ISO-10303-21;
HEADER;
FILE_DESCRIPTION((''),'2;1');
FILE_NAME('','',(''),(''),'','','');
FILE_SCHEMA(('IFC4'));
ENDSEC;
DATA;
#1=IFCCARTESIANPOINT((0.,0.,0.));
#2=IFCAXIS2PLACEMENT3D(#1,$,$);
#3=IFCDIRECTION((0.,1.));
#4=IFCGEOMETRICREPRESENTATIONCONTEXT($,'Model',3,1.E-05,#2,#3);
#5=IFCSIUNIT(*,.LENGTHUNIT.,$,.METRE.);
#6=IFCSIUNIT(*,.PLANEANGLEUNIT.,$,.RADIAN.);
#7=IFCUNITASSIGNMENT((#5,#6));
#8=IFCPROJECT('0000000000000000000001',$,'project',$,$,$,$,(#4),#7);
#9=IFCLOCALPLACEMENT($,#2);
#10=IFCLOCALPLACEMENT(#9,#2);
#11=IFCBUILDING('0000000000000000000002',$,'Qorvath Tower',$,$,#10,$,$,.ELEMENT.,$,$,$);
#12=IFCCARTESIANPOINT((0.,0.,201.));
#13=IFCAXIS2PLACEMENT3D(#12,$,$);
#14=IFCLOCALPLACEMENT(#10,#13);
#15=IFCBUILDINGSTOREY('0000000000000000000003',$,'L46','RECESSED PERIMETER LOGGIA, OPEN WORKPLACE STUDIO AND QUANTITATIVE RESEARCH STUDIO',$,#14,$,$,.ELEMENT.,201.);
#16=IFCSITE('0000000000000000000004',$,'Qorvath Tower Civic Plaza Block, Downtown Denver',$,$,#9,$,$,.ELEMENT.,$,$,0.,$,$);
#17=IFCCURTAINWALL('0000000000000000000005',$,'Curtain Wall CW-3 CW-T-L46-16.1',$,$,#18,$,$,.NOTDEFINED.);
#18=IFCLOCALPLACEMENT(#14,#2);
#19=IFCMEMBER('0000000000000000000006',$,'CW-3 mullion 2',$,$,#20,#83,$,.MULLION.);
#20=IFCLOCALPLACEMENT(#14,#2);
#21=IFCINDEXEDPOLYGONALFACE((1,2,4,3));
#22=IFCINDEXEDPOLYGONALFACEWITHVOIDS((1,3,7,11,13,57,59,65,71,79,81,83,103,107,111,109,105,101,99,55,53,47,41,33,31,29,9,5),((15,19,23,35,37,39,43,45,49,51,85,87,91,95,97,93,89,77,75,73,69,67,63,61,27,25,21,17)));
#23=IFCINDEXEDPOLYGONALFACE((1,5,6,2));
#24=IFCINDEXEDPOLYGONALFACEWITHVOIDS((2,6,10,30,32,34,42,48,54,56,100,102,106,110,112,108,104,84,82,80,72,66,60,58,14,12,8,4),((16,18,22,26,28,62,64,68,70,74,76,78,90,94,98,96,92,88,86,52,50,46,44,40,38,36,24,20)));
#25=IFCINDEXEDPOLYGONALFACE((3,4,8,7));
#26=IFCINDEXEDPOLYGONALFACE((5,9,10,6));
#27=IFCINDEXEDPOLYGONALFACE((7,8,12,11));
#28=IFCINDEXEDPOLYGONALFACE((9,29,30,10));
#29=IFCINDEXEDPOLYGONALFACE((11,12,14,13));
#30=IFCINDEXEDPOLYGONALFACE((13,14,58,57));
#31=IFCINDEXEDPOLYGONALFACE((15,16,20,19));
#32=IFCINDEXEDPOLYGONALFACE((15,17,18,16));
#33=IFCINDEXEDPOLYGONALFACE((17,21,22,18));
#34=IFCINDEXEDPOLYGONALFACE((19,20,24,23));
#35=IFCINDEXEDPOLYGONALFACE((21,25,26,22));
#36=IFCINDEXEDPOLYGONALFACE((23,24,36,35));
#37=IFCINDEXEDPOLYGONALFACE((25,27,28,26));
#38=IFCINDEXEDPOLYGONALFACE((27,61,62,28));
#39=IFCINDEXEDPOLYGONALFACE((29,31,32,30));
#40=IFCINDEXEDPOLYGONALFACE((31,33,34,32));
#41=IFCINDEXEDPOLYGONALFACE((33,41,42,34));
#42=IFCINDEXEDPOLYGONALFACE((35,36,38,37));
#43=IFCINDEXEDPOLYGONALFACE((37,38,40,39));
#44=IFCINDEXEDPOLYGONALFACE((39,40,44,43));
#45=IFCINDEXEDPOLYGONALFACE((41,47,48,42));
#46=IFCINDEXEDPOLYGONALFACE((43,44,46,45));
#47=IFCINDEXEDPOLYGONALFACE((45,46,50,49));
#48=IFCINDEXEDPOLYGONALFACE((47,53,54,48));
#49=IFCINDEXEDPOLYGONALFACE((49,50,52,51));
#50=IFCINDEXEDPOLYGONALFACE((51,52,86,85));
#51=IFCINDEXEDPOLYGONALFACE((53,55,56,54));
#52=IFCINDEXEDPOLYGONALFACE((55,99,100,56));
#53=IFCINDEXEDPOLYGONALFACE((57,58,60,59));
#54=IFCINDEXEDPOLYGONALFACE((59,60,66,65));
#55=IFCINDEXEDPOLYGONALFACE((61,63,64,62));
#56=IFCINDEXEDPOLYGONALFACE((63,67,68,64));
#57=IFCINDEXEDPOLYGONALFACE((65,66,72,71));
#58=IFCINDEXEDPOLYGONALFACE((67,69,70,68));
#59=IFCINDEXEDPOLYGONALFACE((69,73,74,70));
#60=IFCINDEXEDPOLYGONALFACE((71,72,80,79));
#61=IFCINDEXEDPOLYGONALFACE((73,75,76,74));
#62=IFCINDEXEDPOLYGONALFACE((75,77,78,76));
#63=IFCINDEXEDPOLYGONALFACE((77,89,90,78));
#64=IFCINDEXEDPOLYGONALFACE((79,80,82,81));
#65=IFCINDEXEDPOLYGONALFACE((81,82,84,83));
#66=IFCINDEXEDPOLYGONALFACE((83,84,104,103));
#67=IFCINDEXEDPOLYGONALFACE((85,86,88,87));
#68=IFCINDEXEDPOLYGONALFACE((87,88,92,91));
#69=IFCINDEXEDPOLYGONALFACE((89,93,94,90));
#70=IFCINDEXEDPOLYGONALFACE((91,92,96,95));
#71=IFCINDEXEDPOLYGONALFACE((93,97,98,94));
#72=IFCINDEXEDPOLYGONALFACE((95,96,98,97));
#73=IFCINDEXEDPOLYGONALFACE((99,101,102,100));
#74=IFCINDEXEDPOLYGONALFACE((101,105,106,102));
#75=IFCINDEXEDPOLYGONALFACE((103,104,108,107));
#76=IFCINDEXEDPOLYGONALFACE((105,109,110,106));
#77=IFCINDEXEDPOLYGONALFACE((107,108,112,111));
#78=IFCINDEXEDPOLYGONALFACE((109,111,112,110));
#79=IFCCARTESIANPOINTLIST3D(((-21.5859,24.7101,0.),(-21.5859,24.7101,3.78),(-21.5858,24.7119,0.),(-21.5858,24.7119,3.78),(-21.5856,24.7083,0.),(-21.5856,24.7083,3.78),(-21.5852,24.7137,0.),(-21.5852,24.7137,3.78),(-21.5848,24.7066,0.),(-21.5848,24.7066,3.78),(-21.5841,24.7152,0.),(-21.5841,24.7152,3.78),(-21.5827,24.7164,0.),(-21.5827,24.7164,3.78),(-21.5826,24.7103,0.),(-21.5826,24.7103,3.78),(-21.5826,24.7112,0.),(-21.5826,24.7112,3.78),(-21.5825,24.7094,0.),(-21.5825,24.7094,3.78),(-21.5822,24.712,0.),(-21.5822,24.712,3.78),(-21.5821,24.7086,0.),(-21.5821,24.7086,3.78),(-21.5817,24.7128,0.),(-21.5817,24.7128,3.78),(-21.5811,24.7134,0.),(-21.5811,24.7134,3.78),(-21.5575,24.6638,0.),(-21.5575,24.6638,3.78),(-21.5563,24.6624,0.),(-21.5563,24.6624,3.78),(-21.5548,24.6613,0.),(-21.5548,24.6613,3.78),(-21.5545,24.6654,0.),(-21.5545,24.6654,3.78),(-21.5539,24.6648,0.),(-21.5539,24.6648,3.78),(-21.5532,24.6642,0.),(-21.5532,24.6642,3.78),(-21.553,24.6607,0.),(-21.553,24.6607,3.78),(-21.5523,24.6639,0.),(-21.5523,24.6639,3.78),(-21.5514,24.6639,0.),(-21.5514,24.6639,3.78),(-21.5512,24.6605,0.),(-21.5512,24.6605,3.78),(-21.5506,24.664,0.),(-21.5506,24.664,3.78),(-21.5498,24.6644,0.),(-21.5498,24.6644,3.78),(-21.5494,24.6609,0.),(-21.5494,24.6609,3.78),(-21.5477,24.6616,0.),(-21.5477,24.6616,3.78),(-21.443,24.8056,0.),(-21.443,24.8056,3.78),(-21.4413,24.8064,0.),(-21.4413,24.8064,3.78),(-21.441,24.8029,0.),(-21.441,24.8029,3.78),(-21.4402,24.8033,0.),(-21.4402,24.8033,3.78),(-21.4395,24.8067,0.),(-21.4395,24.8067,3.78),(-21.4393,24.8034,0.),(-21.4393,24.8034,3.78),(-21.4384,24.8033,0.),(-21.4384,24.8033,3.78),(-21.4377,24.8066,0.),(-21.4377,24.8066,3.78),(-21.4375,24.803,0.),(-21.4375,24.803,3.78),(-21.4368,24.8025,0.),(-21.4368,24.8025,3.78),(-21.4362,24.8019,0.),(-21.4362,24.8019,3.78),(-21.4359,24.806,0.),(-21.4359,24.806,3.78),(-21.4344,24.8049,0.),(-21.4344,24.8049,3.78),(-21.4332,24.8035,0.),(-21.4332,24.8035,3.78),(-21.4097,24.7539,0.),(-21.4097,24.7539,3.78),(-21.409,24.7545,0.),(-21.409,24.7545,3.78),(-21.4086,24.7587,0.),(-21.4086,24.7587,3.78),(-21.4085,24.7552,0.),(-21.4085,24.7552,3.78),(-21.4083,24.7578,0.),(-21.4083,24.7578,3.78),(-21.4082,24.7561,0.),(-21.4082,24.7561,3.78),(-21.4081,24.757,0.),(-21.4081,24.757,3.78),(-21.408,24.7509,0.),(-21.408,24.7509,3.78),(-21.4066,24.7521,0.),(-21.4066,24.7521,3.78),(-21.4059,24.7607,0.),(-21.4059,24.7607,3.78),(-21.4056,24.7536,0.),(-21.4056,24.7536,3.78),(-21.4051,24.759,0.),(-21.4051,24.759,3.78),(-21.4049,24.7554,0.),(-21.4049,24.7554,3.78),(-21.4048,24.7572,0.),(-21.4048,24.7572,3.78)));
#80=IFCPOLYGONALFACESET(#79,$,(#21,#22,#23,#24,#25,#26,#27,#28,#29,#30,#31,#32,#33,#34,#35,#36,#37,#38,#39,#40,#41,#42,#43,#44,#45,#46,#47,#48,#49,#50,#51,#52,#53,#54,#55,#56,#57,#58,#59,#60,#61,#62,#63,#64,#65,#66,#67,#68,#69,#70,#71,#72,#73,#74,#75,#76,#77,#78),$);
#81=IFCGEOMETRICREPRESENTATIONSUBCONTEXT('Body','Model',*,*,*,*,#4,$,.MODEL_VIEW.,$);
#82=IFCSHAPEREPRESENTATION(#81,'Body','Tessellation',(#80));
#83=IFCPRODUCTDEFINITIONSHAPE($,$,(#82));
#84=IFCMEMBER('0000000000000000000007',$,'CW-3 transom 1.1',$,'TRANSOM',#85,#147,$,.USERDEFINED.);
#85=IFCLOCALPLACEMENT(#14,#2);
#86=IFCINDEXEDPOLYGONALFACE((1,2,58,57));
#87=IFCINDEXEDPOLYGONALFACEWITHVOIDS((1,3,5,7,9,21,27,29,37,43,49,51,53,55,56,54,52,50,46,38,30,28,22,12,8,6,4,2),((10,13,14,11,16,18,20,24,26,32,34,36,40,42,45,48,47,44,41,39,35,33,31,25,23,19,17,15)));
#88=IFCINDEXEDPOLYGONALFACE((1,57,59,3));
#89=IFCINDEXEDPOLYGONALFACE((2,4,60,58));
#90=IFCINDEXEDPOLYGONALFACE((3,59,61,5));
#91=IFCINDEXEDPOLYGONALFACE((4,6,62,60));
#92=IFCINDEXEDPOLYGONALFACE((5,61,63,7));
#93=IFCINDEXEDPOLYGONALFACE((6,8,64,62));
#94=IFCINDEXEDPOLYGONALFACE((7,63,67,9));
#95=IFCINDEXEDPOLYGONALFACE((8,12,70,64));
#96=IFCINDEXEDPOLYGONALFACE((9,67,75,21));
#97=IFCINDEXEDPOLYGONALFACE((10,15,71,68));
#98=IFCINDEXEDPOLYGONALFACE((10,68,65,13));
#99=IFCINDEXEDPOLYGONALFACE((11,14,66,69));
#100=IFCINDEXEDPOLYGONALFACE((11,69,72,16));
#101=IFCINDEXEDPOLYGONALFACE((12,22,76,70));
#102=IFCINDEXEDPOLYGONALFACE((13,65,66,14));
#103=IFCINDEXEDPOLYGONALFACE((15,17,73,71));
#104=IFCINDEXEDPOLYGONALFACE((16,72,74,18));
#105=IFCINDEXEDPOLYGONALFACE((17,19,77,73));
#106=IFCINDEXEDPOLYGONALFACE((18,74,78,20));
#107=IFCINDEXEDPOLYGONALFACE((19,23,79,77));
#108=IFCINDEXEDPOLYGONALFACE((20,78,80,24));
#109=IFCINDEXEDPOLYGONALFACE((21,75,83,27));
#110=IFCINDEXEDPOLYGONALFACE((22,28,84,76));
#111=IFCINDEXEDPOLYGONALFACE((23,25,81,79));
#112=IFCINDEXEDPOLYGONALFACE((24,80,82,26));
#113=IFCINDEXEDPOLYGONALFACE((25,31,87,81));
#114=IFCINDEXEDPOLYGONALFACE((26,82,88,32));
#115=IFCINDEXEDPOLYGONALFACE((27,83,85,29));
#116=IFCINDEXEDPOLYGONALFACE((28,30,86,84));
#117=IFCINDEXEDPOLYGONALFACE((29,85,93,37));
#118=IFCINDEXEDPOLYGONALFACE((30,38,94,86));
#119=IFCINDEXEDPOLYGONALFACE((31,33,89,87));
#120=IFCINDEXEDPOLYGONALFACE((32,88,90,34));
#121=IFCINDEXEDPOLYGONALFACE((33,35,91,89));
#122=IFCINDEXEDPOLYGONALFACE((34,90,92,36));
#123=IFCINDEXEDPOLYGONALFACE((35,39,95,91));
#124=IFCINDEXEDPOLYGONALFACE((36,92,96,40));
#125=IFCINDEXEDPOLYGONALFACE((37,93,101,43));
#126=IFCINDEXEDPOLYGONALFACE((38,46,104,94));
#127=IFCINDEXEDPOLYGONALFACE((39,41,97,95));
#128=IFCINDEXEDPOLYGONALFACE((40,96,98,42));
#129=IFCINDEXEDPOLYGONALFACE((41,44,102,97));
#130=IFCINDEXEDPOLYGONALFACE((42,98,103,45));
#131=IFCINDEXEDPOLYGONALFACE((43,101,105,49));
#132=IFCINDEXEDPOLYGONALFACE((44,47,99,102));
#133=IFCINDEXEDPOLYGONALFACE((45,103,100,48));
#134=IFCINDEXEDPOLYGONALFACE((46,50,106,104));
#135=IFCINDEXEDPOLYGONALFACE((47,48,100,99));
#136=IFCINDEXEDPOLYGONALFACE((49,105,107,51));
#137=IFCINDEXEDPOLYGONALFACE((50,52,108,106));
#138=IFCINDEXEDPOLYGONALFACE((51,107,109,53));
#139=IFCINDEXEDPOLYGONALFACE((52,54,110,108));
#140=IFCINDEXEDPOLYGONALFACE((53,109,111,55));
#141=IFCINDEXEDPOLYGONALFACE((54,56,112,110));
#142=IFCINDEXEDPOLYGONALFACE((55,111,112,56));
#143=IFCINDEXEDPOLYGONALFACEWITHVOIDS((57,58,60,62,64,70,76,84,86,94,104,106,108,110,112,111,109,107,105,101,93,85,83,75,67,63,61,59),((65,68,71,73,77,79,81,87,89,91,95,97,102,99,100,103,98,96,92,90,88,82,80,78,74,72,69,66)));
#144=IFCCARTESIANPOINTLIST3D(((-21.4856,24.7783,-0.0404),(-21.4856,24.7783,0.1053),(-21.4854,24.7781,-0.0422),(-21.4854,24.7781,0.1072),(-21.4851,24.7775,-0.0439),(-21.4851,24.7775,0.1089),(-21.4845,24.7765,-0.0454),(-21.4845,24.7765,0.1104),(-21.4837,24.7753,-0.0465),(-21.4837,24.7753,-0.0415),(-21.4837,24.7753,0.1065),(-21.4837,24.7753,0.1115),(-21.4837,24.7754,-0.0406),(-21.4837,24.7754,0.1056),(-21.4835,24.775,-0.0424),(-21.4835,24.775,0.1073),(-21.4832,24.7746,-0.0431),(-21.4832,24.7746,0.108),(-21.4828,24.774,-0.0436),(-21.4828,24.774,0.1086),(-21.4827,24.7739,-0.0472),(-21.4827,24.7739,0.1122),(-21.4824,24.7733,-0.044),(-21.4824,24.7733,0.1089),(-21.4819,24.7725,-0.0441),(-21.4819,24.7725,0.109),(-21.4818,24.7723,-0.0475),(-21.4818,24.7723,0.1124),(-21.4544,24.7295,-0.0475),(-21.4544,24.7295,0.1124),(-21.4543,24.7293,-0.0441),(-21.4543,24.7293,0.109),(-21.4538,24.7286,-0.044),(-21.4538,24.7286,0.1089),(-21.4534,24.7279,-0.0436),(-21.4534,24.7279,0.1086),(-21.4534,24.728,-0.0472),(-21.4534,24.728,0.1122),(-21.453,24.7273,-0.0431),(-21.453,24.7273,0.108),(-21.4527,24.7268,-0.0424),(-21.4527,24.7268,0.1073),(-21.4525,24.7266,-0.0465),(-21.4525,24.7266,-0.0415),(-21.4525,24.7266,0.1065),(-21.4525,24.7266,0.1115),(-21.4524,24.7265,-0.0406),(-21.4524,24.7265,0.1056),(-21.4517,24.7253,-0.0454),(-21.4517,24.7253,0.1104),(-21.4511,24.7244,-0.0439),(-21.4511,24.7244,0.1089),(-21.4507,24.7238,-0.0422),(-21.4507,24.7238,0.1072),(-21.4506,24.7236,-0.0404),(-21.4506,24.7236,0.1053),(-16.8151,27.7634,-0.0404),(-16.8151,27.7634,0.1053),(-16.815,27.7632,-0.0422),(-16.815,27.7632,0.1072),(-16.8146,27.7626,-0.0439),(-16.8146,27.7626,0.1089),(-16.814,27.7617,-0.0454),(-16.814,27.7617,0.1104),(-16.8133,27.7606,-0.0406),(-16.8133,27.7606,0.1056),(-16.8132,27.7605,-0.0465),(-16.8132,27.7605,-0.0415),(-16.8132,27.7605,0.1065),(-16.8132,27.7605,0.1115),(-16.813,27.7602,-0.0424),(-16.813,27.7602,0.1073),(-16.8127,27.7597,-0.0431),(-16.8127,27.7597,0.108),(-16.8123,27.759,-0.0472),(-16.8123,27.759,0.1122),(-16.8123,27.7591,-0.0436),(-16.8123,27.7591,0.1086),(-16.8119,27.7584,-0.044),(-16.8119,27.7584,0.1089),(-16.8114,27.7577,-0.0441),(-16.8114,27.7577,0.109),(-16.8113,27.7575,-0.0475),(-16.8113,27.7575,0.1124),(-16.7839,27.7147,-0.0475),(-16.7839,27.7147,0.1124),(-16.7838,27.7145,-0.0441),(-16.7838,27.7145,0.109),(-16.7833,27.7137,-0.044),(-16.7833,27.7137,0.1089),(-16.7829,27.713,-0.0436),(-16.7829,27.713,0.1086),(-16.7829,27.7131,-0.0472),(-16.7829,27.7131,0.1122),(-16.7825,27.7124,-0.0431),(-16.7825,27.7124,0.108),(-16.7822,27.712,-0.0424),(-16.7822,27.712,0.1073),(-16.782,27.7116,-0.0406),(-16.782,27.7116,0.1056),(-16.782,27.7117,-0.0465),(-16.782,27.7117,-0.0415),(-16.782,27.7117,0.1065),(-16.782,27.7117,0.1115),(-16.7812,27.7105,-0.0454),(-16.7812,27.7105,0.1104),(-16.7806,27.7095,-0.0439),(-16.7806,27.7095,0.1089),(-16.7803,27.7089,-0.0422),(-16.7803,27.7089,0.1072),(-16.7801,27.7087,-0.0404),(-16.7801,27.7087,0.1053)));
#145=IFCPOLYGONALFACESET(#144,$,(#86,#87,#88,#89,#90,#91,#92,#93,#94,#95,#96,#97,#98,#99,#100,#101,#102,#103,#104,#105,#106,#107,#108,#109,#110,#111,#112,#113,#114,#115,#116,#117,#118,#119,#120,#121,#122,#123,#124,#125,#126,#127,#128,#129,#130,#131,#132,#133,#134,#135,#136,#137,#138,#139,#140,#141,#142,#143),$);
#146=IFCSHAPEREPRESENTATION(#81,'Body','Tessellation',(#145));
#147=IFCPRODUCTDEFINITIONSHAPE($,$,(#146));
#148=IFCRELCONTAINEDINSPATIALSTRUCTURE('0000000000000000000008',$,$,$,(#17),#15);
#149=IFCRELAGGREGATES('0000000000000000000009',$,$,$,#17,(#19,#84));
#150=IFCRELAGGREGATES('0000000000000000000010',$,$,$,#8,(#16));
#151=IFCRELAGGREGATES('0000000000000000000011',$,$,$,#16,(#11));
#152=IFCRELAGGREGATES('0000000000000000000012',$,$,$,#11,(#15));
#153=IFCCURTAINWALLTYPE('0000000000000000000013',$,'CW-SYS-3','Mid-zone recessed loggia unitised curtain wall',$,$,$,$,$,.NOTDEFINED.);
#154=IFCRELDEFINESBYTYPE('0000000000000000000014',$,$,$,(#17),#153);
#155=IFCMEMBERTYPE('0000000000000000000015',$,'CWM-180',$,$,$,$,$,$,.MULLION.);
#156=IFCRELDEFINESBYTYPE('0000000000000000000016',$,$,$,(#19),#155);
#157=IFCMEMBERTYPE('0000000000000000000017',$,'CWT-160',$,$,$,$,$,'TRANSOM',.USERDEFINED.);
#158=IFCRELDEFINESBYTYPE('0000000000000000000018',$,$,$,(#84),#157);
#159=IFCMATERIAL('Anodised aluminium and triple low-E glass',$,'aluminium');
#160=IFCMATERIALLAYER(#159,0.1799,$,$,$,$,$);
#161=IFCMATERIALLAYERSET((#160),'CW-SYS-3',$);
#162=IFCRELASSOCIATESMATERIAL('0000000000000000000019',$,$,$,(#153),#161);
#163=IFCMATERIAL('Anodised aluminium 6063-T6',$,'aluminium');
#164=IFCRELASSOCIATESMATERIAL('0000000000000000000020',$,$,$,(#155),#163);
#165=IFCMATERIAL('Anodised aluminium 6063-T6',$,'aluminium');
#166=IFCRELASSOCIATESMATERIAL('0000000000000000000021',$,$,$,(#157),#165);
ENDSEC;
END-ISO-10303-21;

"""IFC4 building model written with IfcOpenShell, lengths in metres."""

from ifc_helpers import new_model, si_unit, direction, frame, origin, origin_2d, place, context, subcontext, project, spatial, hollow_rectangle, extrude, material, layer, layer_set, material_profile, profile_set, type_object, element, aggregate, save


model = new_model("IFC4")

# Units and contexts
model_context = context("Model", 3, precision=1e-05, world=origin(), true_north=direction((0.0, 1.0)))
body_context = subcontext(model_context, "Body", "Model", "MODEL_VIEW")
ifc_project = project(units=[si_unit("LENGTHUNIT", "METRE"), si_unit("PLANEANGLEUNIT", "RADIAN")], contexts=[model_context])

# Site, building, storey
site_placement = place(None, origin())
site = spatial("IfcSite", under=ifc_project, at=site_placement, Name="Qorvath Tower Civic Plaza Block, Downtown Denver", CompositionType="ELEMENT", RefElevation=0.0)
building_placement = place(site_placement, origin())
building = spatial("IfcBuilding", under=site, at=building_placement, Name="Qorvath Tower", CompositionType="ELEMENT")
storey_placement = place(building_placement, frame((0.0, 0.0, 201.0)))
storey = spatial("IfcBuildingStorey", under=building, at=storey_placement, Name="L46", Description="RECESSED PERIMETER LOGGIA, OPEN WORKPLACE STUDIO AND QUANTITATIVE RESEARCH STUDIO", CompositionType="ELEMENT", Elevation=201.0)

# Shared definitions
ifc_material_1 = material(Name="Anodised aluminium and triple low-E glass", Category="aluminium")
ifc_layer_1 = layer(ifc_material_1, 0.1799)
ifc_layer_set_1 = layer_set([ifc_layer_1], Name="CW-SYS-3")
curtain_wall_type = type_object("IfcCurtainWallType", Name="CW-SYS-3", Description="Mid-zone recessed loggia unitised curtain wall", PredefinedType="NOTDEFINED", material=ifc_layer_set_1)
ifc_material_2 = material(Name="Anodised aluminium 6063-T6", Category="aluminium")
ifc_material_profile_1 = material_profile(ifc_material_2, hollow_rectangle(XDim=0.0649, YDim=0.1799, WallThickness=0.0034, InnerFilletRadius=0.0034, OuterFilletRadius=0.0071, at=origin_2d()), Name="CWM 180x65")
ifc_profile_set_1 = profile_set([ifc_material_profile_1], Name="Anodised aluminium 6063-T6")
member_type_1 = type_object("IfcMemberType", Name="CWM-180", PredefinedType="MULLION", material=ifc_profile_set_1)

# Curtain wall, members
curtain_wall_1_placement = place(storey_placement, origin())
curtain_wall_1 = element("IfcCurtainWall", 1, at=curtain_wall_1_placement, inside=storey, type_object=curtain_wall_type, Name="Curtain Wall CW-3 CW-T-L46-16.1", PredefinedType="NOTDEFINED")
member_1_placement = place(storey_placement, frame((-21.4954, 24.7336, 0.0), z_axis=(0.0, 0.0, 1.0), x_axis=(0.538534, -0.842604, 0.0)))
member_1 = element("IfcMember", 2, at=member_1_placement, type_object=member_type_1, Name="CW-3 mullion 2", PredefinedType="MULLION", context=body_context, shape_type="SweptSolid", body=[
    extrude(hollow_rectangle(XDim=0.0649, YDim=0.1799, WallThickness=0.0034, InnerFilletRadius=0.0034, OuterFilletRadius=0.0071, at=origin_2d()), origin(), (0.0, 0.0, 1.0), 3.78),
])
ifc_material_3 = material(Name="Anodised aluminium 6063-T6", Category="aluminium")
ifc_material_profile_2 = material_profile(ifc_material_3, hollow_rectangle(XDim=0.0649, YDim=0.1599, WallThickness=0.0034, InnerFilletRadius=0.0034, OuterFilletRadius=0.0071, at=origin_2d()), Name="CWT 160x65")
ifc_profile_set_2 = profile_set([ifc_material_profile_2], Name="Anodised aluminium 6063-T6")
member_type_2 = type_object("IfcMemberType", Name="CWT-160", ElementType="TRANSOM", PredefinedType="USERDEFINED", material=ifc_profile_set_2)
member_2_placement = place(storey_placement, frame((-16.7976, 27.7361, 0.0325), z_axis=(-0.842595, -0.538547, 0.0), x_axis=(0.538547, -0.842595, 0.0)))
member_2 = element("IfcMember", 3, at=member_2_placement, type_object=member_type_2, Name="CW-3 transom 1.1", ObjectType="TRANSOM", PredefinedType="USERDEFINED", context=body_context, shape_type="SweptSolid", body=[
    extrude(hollow_rectangle(XDim=0.0649, YDim=0.1599, WallThickness=0.0034, InnerFilletRadius=0.0034, OuterFilletRadius=0.0071, at=origin_2d()), origin(), (0.0, 0.0, 1.0), 5.543),
])

aggregate(curtain_wall_1, [member_1, member_2])

save(model, "model.ifc")
